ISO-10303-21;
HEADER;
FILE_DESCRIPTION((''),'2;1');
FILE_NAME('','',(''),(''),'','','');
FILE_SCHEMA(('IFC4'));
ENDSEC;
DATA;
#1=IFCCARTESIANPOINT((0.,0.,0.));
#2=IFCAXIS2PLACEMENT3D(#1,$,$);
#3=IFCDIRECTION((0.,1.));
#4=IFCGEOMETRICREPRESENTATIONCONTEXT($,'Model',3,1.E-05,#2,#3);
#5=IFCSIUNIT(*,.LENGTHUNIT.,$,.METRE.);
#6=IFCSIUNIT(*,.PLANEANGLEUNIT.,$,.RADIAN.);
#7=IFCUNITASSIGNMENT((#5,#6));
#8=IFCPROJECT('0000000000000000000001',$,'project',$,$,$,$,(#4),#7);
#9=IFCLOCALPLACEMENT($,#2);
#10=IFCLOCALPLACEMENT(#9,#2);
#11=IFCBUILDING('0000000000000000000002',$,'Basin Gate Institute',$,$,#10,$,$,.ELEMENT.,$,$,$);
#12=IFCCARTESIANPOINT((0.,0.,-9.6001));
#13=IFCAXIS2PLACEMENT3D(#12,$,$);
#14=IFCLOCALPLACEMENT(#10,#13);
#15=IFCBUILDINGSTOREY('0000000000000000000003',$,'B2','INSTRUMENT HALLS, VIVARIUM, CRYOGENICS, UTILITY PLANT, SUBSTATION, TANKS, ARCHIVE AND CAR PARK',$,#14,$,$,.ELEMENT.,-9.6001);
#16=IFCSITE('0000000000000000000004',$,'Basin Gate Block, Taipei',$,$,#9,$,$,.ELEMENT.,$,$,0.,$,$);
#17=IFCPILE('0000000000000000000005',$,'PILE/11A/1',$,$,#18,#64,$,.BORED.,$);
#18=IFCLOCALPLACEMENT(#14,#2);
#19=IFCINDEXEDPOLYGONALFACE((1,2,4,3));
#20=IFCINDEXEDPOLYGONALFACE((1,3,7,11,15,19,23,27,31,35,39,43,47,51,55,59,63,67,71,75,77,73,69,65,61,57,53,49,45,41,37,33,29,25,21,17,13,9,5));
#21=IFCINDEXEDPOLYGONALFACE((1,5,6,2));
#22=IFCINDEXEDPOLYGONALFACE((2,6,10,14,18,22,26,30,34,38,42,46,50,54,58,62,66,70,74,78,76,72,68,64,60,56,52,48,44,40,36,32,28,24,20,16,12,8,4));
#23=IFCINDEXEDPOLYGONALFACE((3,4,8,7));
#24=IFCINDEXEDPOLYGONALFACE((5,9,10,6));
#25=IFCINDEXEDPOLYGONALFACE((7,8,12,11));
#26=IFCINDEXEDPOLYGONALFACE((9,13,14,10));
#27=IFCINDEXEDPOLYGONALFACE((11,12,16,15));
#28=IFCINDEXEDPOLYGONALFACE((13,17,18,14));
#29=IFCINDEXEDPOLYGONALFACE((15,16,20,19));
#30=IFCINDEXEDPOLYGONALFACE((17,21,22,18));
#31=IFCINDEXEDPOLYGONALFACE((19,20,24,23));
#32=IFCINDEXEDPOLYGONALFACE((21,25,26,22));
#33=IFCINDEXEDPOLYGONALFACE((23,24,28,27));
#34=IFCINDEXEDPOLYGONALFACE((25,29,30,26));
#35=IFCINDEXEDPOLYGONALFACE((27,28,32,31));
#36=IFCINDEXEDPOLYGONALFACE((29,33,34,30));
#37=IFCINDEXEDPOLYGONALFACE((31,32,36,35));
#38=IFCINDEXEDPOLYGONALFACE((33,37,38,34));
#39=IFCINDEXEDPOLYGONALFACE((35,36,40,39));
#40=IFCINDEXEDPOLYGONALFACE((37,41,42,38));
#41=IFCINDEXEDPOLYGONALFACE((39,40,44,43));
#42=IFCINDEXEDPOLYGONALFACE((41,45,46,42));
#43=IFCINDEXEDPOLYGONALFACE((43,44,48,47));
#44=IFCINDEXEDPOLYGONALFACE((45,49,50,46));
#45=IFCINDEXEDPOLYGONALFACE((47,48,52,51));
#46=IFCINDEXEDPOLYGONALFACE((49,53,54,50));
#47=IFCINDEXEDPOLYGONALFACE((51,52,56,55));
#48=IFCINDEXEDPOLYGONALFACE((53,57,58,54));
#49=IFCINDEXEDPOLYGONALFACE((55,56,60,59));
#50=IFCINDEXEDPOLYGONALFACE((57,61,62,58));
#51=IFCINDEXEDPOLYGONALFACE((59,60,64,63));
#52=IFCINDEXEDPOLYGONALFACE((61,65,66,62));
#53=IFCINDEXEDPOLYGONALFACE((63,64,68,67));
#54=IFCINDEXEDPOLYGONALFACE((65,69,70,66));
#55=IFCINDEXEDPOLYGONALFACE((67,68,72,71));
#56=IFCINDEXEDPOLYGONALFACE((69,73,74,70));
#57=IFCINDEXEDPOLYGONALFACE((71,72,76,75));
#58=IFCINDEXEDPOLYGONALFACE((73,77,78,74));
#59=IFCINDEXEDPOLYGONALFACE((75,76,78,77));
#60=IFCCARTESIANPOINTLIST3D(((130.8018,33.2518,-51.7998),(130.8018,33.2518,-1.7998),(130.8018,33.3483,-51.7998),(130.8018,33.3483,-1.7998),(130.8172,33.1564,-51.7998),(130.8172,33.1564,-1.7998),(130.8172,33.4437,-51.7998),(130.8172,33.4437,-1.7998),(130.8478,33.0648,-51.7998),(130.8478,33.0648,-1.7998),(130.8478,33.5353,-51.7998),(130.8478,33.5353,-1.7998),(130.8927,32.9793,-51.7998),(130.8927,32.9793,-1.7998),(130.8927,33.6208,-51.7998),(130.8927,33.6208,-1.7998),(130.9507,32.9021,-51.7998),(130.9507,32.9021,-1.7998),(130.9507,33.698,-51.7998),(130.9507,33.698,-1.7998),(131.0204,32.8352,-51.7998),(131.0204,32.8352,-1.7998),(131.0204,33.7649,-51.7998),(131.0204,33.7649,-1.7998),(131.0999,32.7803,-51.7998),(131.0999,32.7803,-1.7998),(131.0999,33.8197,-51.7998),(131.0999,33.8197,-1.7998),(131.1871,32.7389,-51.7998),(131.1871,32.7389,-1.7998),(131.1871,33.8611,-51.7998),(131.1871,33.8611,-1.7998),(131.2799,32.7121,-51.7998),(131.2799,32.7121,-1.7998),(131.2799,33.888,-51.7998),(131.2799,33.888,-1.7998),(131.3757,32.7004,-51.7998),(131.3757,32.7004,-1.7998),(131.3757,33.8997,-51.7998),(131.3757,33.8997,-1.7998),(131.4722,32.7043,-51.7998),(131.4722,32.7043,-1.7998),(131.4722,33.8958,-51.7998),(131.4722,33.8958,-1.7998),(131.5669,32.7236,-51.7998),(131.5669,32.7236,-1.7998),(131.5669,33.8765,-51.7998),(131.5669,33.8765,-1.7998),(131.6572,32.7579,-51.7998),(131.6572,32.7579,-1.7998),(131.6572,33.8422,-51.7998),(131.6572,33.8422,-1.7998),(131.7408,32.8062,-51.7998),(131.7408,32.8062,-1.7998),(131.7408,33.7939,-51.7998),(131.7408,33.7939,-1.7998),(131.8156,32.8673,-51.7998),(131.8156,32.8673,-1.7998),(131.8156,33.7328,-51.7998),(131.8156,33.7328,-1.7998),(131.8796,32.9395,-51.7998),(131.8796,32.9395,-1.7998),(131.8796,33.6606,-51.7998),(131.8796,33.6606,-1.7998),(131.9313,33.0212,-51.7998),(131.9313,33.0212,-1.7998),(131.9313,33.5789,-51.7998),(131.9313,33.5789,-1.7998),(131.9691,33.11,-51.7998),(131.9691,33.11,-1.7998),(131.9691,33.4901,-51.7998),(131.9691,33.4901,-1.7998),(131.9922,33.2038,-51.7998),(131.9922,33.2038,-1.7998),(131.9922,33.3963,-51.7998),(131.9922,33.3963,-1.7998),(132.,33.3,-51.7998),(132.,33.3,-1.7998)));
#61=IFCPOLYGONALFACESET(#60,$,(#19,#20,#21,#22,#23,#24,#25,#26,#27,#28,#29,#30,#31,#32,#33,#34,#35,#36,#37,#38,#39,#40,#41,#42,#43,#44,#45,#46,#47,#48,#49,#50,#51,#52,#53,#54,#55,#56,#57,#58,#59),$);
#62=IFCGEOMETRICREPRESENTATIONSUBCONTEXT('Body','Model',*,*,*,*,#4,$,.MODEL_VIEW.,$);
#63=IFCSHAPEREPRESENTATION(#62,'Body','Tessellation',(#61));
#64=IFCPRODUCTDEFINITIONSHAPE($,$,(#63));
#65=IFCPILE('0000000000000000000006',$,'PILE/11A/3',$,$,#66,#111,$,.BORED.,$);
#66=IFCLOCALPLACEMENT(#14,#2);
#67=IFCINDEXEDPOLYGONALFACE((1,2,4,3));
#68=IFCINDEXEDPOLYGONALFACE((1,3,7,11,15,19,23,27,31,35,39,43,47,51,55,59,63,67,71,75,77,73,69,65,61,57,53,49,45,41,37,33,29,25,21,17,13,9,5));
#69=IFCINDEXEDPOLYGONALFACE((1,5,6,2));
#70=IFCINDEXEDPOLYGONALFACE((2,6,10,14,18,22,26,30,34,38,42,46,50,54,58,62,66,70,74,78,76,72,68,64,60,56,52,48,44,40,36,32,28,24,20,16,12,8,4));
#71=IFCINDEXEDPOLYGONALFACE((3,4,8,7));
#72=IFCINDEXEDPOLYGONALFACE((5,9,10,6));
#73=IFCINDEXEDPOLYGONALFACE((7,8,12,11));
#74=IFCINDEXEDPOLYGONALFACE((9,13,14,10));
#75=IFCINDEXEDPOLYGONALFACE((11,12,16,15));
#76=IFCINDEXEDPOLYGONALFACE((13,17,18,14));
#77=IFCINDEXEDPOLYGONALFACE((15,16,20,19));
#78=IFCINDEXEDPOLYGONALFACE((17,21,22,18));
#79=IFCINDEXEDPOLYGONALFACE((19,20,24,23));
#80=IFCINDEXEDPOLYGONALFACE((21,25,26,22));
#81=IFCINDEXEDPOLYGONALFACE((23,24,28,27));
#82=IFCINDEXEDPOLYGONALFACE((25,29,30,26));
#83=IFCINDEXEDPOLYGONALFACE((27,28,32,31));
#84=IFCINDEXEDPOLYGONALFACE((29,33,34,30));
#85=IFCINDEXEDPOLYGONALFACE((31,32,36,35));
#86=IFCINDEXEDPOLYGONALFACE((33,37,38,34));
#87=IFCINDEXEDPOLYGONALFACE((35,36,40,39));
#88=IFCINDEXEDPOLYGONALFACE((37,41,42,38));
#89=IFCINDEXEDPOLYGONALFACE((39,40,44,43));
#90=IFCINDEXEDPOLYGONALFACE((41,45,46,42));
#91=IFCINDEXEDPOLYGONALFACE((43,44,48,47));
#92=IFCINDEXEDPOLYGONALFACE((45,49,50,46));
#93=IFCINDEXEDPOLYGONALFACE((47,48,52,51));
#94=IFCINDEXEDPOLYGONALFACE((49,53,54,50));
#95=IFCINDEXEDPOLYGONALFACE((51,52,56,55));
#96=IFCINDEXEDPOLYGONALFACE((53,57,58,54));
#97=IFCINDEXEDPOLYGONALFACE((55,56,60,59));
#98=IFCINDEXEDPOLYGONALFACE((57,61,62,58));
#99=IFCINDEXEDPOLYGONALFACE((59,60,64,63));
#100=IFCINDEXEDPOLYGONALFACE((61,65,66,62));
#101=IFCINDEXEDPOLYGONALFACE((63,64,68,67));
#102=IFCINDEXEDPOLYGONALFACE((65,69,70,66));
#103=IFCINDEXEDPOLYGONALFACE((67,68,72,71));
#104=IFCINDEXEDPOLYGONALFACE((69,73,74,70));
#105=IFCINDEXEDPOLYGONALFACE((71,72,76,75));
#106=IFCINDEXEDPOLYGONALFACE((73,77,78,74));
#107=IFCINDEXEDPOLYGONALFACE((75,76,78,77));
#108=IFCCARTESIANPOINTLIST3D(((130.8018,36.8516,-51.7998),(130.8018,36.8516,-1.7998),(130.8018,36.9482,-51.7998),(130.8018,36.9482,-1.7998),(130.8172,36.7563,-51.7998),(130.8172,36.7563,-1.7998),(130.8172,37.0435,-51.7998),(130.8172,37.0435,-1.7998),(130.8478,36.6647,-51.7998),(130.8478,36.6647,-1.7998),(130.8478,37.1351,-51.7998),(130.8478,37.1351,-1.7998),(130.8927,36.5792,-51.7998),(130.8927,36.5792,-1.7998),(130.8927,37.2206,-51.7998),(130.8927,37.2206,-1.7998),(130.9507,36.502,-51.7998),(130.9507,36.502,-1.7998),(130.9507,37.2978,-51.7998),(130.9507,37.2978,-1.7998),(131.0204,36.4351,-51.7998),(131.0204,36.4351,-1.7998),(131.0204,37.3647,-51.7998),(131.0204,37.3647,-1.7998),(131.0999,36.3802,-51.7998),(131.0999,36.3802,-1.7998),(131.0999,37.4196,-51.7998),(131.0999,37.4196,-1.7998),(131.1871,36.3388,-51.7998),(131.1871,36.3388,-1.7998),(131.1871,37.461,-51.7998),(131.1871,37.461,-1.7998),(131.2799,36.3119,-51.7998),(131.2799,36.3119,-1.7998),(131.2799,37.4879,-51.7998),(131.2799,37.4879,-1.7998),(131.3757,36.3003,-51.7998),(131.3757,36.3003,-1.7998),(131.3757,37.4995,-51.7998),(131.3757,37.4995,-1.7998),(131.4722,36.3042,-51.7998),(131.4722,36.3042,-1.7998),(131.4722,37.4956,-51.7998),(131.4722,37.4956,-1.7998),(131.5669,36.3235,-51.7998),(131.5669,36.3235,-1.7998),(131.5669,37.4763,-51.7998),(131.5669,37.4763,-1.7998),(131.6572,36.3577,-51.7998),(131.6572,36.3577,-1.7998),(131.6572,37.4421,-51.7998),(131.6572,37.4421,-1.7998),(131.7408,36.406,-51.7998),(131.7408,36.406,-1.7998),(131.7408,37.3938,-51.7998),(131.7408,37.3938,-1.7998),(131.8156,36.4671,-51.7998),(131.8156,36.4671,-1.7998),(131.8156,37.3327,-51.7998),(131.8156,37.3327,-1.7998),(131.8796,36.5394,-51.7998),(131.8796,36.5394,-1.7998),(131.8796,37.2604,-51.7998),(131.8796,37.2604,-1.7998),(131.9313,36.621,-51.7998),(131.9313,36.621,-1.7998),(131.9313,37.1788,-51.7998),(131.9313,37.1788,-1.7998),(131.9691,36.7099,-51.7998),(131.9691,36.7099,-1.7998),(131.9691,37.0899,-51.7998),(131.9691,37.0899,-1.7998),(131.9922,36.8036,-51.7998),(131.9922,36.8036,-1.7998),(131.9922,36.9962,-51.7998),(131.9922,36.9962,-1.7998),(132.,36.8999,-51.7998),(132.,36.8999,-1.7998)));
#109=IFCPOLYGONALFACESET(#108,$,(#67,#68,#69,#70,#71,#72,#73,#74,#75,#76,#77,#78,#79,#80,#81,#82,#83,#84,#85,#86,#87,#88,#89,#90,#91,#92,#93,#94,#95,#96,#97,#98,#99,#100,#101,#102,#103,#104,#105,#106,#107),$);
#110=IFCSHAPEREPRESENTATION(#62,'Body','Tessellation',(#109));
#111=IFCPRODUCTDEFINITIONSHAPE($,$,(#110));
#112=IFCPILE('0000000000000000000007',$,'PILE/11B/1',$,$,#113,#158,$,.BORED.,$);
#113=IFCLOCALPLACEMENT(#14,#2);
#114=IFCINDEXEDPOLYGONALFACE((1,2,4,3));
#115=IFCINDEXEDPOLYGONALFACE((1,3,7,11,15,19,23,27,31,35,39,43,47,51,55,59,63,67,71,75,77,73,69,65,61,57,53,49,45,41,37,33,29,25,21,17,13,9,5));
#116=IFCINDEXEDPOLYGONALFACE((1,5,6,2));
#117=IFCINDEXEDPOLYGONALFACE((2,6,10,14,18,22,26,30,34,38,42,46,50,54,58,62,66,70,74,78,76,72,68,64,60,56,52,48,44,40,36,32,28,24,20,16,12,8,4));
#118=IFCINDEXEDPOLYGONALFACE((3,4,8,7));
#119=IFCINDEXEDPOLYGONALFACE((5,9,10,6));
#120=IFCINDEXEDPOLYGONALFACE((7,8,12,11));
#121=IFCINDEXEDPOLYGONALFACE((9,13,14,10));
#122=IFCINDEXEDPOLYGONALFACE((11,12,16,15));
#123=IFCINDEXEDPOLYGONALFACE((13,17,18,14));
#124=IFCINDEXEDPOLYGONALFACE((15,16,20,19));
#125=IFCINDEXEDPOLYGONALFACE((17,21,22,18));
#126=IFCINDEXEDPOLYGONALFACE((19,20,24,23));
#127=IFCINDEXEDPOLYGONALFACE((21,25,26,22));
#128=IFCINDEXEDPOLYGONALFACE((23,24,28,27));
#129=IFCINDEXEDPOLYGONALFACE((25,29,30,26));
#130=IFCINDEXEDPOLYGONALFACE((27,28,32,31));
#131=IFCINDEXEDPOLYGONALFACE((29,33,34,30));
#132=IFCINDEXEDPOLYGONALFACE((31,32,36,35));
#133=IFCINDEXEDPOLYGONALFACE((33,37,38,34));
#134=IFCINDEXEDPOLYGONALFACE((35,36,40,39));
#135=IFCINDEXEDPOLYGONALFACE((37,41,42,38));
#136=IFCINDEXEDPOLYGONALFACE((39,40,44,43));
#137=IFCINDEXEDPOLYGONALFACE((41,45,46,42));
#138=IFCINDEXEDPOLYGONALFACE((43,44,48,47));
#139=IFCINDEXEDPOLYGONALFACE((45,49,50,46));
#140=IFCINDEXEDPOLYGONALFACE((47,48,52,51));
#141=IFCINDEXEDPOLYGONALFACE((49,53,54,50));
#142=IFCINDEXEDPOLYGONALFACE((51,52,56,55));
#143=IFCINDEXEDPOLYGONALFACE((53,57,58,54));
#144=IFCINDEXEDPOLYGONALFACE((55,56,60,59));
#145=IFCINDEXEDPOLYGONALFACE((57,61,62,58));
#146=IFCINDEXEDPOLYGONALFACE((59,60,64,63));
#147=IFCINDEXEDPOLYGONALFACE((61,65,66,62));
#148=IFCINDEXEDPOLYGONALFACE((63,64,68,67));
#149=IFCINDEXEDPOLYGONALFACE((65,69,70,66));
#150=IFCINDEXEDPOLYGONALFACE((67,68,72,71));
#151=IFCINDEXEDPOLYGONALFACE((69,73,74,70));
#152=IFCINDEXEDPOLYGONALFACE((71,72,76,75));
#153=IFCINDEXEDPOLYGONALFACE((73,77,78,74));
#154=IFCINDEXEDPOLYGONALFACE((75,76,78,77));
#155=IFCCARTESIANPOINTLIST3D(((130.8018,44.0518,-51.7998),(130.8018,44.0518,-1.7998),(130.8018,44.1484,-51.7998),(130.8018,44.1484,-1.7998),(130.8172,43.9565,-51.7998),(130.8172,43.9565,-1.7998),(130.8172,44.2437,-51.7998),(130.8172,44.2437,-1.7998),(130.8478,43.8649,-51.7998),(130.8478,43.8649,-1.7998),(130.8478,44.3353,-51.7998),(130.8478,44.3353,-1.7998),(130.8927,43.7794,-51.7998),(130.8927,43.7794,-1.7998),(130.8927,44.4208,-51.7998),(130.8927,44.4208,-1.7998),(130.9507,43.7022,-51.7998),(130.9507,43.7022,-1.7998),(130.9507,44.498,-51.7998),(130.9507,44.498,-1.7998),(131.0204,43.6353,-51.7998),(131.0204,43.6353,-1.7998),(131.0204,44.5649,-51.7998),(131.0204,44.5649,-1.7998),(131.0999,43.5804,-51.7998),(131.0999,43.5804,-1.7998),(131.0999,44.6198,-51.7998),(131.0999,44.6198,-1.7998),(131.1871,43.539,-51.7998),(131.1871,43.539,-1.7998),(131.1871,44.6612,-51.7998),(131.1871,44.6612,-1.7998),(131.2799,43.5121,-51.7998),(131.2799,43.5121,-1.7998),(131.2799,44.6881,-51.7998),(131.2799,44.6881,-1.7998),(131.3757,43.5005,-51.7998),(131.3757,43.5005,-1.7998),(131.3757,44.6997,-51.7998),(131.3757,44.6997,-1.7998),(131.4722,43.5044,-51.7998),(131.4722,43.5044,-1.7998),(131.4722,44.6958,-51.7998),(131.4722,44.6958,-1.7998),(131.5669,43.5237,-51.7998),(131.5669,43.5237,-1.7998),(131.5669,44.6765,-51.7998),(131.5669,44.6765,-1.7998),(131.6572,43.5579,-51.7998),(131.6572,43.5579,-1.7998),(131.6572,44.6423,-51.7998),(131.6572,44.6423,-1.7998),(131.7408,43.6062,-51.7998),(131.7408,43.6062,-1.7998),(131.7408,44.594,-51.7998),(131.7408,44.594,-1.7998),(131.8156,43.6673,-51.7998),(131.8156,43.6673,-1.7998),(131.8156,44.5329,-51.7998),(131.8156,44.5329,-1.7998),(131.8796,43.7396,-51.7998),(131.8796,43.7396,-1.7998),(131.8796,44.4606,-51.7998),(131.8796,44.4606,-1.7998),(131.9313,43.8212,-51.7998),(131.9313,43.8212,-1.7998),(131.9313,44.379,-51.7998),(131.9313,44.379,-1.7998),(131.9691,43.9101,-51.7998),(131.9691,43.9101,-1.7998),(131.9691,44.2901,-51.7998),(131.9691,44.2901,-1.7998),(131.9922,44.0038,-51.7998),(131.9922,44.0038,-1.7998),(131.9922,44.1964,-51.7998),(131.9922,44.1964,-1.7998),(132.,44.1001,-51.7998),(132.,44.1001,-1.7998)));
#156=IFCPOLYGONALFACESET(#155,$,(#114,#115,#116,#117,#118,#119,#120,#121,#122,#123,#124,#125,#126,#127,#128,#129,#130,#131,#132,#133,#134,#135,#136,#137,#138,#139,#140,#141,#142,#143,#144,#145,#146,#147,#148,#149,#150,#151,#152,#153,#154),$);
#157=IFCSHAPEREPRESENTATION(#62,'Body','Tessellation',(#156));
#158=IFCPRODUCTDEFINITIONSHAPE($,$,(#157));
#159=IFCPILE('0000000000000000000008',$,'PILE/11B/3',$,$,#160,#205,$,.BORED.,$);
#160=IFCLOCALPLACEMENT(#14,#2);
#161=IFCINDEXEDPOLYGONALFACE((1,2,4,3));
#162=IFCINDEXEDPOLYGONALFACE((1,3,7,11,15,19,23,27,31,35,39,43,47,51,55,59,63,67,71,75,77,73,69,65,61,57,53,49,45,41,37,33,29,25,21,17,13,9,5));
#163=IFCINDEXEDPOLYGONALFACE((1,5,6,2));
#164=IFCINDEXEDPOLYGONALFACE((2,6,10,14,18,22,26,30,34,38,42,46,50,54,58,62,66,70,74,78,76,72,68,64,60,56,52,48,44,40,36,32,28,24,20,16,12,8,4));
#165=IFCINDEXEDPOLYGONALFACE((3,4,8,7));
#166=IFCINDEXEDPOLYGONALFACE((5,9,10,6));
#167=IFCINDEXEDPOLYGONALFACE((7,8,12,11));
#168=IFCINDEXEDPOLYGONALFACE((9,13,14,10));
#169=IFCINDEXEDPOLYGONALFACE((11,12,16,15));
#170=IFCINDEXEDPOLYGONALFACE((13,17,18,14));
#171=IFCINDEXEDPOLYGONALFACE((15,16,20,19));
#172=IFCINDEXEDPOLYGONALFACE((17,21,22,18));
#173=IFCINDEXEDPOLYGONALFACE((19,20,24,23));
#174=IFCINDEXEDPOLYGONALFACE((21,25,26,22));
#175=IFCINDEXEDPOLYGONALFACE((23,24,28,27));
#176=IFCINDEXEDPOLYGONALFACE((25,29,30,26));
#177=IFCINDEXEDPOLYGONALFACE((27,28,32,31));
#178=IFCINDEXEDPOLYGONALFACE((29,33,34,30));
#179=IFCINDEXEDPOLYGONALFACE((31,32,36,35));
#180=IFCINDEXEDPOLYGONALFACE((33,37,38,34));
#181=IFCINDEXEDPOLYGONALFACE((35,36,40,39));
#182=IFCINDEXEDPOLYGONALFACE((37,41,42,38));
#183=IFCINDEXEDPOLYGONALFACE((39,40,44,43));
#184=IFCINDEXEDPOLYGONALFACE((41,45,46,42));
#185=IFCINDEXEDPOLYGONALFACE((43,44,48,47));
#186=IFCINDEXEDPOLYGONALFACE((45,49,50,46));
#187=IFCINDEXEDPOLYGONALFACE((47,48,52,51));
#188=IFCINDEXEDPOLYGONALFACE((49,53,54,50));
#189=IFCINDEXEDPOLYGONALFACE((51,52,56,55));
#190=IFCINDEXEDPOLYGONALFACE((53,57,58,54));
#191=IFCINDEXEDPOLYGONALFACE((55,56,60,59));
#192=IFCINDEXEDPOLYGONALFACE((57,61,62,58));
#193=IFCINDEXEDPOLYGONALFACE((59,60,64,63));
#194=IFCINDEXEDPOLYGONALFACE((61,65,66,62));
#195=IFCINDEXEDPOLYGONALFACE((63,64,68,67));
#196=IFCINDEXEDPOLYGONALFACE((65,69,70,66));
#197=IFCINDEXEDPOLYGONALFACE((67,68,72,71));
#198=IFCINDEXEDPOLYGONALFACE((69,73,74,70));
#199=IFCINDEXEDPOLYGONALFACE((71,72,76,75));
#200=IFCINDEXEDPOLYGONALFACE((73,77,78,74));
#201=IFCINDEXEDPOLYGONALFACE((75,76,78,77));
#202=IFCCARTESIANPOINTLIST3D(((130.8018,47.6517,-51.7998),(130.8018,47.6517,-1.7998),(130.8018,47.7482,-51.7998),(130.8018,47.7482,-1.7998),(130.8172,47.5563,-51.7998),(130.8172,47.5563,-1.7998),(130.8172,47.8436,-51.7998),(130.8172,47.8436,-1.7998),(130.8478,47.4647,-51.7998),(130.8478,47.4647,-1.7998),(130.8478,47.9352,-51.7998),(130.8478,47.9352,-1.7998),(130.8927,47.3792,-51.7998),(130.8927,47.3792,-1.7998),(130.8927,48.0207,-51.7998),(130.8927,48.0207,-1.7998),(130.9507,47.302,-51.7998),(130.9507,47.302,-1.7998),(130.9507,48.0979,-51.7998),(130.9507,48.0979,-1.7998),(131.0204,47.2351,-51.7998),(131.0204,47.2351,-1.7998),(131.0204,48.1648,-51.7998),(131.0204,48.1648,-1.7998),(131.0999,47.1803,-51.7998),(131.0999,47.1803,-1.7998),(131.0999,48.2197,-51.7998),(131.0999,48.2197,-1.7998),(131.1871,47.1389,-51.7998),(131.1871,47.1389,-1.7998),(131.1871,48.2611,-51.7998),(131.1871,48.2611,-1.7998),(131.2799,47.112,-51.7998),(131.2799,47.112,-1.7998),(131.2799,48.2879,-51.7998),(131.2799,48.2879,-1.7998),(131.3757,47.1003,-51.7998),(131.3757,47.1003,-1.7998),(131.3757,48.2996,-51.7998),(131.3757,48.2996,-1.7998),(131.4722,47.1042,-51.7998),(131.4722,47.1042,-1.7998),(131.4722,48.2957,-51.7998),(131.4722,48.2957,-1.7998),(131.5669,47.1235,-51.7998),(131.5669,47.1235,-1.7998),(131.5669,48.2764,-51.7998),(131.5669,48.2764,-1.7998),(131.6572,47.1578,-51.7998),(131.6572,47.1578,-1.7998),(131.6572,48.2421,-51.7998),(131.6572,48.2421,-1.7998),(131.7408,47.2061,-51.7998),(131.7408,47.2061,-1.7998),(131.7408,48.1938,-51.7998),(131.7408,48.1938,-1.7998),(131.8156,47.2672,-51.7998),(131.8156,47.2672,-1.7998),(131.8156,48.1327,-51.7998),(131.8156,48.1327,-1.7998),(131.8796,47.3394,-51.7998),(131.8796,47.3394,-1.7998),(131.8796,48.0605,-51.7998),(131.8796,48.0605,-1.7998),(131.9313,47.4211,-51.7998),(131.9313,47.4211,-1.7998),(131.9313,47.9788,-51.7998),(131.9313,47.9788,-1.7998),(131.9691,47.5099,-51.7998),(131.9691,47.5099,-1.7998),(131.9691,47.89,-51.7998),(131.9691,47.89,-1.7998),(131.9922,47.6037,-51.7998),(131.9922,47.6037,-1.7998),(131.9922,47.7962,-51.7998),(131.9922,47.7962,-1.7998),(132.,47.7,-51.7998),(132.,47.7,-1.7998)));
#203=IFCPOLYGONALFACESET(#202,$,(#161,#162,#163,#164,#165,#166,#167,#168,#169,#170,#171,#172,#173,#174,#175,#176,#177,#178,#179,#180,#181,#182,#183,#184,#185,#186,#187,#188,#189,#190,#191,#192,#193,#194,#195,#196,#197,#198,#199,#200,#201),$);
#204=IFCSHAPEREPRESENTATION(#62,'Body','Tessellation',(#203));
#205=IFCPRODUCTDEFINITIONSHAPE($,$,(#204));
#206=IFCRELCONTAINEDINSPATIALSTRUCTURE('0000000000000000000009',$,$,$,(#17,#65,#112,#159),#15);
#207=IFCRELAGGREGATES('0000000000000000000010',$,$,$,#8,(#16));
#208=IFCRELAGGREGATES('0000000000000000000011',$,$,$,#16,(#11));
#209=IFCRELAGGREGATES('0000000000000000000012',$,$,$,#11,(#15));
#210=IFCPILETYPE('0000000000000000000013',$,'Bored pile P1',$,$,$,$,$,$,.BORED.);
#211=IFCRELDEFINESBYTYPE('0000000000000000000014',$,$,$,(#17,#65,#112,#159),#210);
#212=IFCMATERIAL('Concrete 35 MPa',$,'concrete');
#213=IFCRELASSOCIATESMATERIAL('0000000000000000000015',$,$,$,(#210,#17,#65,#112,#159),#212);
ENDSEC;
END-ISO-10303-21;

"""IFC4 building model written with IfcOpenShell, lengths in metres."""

from ifc_helpers import new_model, si_unit, direction, frame, origin, origin_2d, place, context, subcontext, project, spatial, circle, extrude, material, material_profile, profile_set, type_object, element, save


model = new_model("IFC4")

# Units and contexts
model_context = context("Model", 3, precision=1e-05, world=origin(), true_north=direction((0.0, 1.0)))
body_context = subcontext(model_context, "Body", "Model", "MODEL_VIEW")
ifc_project = project(units=[si_unit("LENGTHUNIT", "METRE"), si_unit("PLANEANGLEUNIT", "RADIAN")], contexts=[model_context])

# Site, building, storey
site_placement = place(None, origin())
site = spatial("IfcSite", under=ifc_project, at=site_placement, Name="Basin Gate Block, Taipei", CompositionType="ELEMENT", RefElevation=0.0)
building_placement = place(site_placement, origin())
building = spatial("IfcBuilding", under=site, at=building_placement, Name="Basin Gate Institute", CompositionType="ELEMENT")
storey_placement = place(building_placement, frame((0.0, 0.0, -9.6001)))
storey = spatial("IfcBuildingStorey", under=building, at=storey_placement, Name="B2", Description="INSTRUMENT HALLS, VIVARIUM, CRYOGENICS, UTILITY PLANT, SUBSTATION, TANKS, ARCHIVE AND CAR PARK", CompositionType="ELEMENT", Elevation=-9.6001)

# Piles
ifc_material_1 = material(Name="Concrete 35 MPa", Category="concrete")
ifc_material_profile_1 = material_profile(ifc_material_1, circle(Radius=0.6001, at=origin_2d()), Name="Bored pile P1 1200 dia")
ifc_profile_set_1 = profile_set([ifc_material_profile_1], Name="Concrete 35 MPa")
pile_type = type_object("IfcPileType", Name="Bored pile P1", PredefinedType="BORED", material=ifc_profile_set_1)
for number, where, z_axis, x_axis, name in (
    (1, (131.3999, 33.3, -1.7998), (0.0, 0.0, -1.0), (1.0, 0.0, 0.0), "PILE/11A/1"),
    (2, (131.3999, 36.8999, -1.7998), (0.0, 0.0, -1.0), (1.0, 0.0, 0.0), "PILE/11A/3"),
    (3, (131.3999, 44.1001, -1.7998), (0.0, 0.0, -1.0), (1.0, 0.0, 0.0), "PILE/11B/1"),
    (4, (131.3999, 47.7, -1.7998), (0.0, 0.0, -1.0), (1.0, 0.0, 0.0), "PILE/11B/3"),
):
    element("IfcPile", number, at=place(storey_placement, frame(where, z_axis=z_axis, x_axis=x_axis)), inside=storey, type_object=pile_type, material=ifc_profile_set_1, Name=name, PredefinedType="BORED", context=body_context, shape_type="SweptSolid", body=[
        extrude(circle(Radius=0.6001, at=origin_2d()), origin(), (0.0, 0.0, 1.0), 50.0),
    ])

save(model, "model.ifc")
